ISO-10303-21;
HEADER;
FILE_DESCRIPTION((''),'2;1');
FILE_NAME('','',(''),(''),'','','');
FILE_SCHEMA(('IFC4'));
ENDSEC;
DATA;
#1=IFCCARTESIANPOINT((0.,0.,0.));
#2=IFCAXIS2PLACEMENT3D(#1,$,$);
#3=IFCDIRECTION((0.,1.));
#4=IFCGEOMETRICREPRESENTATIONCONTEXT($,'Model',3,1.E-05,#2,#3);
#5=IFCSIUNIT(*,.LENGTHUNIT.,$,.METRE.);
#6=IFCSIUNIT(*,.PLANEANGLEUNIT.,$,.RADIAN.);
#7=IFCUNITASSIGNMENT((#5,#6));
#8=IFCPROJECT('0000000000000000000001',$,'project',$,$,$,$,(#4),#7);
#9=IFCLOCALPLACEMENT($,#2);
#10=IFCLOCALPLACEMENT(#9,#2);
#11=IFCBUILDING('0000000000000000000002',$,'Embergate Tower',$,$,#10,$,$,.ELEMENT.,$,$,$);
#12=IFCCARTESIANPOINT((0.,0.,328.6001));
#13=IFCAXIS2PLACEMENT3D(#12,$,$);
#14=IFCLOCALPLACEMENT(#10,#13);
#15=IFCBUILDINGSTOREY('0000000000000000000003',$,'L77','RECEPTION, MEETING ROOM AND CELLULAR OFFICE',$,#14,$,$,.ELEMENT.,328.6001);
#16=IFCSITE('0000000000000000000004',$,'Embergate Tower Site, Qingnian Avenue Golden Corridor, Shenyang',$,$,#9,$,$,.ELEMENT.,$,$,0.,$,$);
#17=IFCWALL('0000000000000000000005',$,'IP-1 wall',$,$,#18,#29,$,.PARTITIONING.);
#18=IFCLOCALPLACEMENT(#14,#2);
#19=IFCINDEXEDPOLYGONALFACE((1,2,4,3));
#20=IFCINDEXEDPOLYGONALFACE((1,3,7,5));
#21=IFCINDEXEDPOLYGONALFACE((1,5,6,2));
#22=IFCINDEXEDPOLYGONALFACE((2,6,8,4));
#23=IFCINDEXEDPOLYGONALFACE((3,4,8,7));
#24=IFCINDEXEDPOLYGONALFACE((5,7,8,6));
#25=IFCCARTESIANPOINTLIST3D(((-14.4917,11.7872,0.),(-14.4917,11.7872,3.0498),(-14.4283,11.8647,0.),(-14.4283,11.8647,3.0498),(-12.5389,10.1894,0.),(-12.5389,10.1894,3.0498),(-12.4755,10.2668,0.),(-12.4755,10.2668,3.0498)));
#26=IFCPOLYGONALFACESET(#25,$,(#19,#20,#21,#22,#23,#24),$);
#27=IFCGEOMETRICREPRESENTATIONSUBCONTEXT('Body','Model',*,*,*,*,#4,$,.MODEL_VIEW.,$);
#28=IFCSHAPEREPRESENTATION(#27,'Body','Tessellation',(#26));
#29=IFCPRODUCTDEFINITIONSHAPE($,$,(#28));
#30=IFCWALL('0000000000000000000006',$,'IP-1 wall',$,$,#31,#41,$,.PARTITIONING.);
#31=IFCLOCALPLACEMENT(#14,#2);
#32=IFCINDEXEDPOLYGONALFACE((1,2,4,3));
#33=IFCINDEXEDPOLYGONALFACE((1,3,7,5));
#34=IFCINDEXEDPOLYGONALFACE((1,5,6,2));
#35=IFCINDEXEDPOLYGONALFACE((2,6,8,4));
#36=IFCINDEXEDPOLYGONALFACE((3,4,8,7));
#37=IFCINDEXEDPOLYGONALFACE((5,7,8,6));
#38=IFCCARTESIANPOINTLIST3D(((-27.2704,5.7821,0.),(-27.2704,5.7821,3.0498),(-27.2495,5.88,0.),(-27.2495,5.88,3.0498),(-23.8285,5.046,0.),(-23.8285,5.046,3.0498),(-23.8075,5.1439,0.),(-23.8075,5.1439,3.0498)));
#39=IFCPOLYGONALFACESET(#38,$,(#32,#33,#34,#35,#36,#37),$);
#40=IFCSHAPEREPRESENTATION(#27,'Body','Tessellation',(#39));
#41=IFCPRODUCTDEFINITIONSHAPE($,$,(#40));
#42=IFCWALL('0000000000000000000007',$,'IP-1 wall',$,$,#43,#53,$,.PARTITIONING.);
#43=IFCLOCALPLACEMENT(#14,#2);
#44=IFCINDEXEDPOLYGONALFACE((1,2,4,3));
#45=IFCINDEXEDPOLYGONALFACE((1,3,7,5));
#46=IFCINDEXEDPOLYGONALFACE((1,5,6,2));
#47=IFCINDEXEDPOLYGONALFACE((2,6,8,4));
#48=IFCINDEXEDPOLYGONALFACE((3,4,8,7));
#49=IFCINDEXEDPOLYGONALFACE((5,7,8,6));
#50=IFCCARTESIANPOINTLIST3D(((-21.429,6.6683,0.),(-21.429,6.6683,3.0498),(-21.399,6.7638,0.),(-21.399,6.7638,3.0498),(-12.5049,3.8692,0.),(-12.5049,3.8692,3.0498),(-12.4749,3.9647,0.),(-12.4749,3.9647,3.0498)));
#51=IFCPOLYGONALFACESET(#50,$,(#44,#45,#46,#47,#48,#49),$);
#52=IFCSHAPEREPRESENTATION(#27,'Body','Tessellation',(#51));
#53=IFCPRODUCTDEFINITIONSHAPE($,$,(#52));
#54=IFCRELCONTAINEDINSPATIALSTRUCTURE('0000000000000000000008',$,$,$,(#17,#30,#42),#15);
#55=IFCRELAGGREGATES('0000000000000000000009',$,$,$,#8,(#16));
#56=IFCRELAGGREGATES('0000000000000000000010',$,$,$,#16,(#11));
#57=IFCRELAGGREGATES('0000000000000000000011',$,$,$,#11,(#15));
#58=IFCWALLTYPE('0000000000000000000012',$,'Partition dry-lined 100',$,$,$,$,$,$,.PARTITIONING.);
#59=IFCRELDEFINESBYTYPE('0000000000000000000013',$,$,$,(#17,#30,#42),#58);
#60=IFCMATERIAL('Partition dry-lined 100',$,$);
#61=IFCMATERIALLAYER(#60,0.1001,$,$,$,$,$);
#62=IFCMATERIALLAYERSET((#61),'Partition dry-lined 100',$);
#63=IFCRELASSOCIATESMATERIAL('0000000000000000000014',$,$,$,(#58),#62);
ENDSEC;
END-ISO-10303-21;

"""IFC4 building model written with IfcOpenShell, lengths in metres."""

from ifc_helpers import new_model, si_unit, direction, frame, frame_2d, origin, place, context, subcontext, project, spatial, rectangle, extrude, source, transform, mapped, material, layer, layer_set, type_object, element, save


model = new_model("IFC4")

# Units and contexts
model_context = context("Model", 3, precision=1e-05, world=origin(), true_north=direction((0.0, 1.0)))
body_context = subcontext(model_context, "Body", "Model", "MODEL_VIEW")
ifc_project = project(units=[si_unit("LENGTHUNIT", "METRE"), si_unit("PLANEANGLEUNIT", "RADIAN")], contexts=[model_context])

# Site, building, storey
site_placement = place(None, origin())
site = spatial("IfcSite", under=ifc_project, at=site_placement, Name="Embergate Tower Site, Qingnian Avenue Golden Corridor, Shenyang", CompositionType="ELEMENT", RefElevation=0.0)
building_placement = place(site_placement, origin())
building = spatial("IfcBuilding", under=site, at=building_placement, Name="Embergate Tower", CompositionType="ELEMENT")
storey_placement = place(building_placement, frame((0.0, 0.0, 328.6001)))
storey = spatial("IfcBuildingStorey", under=building, at=storey_placement, Name="L77", Description="RECEPTION, MEETING ROOM AND CELLULAR OFFICE", CompositionType="ELEMENT", Elevation=328.6001)

# Walls
ifc_material_1 = material(Name="Partition dry-lined 100")
ifc_layer_1 = layer(ifc_material_1, 0.1001)
ifc_layer_set_1 = layer_set([ifc_layer_1], Name="Partition dry-lined 100")
wall_type_1 = type_object("IfcWallType", Name="Partition dry-lined 100", PredefinedType="PARTITIONING", material=ifc_layer_set_1)
shared_shape_1 = source(origin(), body_context, "Body", "SweptSolid", [
    extrude(rectangle(XDim=2.5232, YDim=0.1001, at=frame_2d((1.2617, 0.0))), origin(), (0.0, 0.0, 1.0), 3.0498),
])
wall_1_placement = place(storey_placement, frame((-12.5071, 10.228, 0.0), z_axis=(0.0, 0.0, 1.0), x_axis=(-0.77394, 0.633259, 0.0)))
element("IfcWall", 1, at=wall_1_placement, inside=storey, type_object=wall_type_1, Name="IP-1 wall", PredefinedType="PARTITIONING", context=body_context, shape_type="MappedRepresentation", body=[
    mapped(shared_shape_1, transform((0.0, 0.0, 0.0))),
])
shared_shape_2 = source(origin(), body_context, "Body", "SweptSolid", [
    extrude(rectangle(XDim=3.5198, YDim=0.1001, at=frame_2d((1.7598, 0.0))), origin(), (0.0, 0.0, 1.0), 3.0498),
])
wall_2_placement = place(storey_placement, frame((-23.8181, 5.095, 0.0), z_axis=(0.0, 0.0, 1.0), x_axis=(-0.977888, 0.209131, 0.0)))
element("IfcWall", 2, at=wall_2_placement, inside=storey, type_object=wall_type_1, Name="IP-1 wall", PredefinedType="PARTITIONING", context=body_context, shape_type="MappedRepresentation", body=[
    mapped(shared_shape_2, transform((0.0, 0.0, 0.0))),
])
shared_shape_3 = source(origin(), body_context, "Body", "SweptSolid", [
    extrude(rectangle(XDim=9.3528, YDim=0.1001, at=frame_2d((4.6763, 0.0))), origin(), (0.0, 0.0, 1.0), 3.0498),
])
wall_3_placement = place(storey_placement, frame((-12.49, 3.917, 0.0), z_axis=(0.0, 0.0, 1.0), x_axis=(-0.954166, 0.299278, 0.0)))
element("IfcWall", 3, at=wall_3_placement, inside=storey, type_object=wall_type_1, Name="IP-1 wall", PredefinedType="PARTITIONING", context=body_context, shape_type="MappedRepresentation", body=[
    mapped(shared_shape_3, transform((0.0, 0.0, 0.0))),
])

save(model, "model.ifc")
